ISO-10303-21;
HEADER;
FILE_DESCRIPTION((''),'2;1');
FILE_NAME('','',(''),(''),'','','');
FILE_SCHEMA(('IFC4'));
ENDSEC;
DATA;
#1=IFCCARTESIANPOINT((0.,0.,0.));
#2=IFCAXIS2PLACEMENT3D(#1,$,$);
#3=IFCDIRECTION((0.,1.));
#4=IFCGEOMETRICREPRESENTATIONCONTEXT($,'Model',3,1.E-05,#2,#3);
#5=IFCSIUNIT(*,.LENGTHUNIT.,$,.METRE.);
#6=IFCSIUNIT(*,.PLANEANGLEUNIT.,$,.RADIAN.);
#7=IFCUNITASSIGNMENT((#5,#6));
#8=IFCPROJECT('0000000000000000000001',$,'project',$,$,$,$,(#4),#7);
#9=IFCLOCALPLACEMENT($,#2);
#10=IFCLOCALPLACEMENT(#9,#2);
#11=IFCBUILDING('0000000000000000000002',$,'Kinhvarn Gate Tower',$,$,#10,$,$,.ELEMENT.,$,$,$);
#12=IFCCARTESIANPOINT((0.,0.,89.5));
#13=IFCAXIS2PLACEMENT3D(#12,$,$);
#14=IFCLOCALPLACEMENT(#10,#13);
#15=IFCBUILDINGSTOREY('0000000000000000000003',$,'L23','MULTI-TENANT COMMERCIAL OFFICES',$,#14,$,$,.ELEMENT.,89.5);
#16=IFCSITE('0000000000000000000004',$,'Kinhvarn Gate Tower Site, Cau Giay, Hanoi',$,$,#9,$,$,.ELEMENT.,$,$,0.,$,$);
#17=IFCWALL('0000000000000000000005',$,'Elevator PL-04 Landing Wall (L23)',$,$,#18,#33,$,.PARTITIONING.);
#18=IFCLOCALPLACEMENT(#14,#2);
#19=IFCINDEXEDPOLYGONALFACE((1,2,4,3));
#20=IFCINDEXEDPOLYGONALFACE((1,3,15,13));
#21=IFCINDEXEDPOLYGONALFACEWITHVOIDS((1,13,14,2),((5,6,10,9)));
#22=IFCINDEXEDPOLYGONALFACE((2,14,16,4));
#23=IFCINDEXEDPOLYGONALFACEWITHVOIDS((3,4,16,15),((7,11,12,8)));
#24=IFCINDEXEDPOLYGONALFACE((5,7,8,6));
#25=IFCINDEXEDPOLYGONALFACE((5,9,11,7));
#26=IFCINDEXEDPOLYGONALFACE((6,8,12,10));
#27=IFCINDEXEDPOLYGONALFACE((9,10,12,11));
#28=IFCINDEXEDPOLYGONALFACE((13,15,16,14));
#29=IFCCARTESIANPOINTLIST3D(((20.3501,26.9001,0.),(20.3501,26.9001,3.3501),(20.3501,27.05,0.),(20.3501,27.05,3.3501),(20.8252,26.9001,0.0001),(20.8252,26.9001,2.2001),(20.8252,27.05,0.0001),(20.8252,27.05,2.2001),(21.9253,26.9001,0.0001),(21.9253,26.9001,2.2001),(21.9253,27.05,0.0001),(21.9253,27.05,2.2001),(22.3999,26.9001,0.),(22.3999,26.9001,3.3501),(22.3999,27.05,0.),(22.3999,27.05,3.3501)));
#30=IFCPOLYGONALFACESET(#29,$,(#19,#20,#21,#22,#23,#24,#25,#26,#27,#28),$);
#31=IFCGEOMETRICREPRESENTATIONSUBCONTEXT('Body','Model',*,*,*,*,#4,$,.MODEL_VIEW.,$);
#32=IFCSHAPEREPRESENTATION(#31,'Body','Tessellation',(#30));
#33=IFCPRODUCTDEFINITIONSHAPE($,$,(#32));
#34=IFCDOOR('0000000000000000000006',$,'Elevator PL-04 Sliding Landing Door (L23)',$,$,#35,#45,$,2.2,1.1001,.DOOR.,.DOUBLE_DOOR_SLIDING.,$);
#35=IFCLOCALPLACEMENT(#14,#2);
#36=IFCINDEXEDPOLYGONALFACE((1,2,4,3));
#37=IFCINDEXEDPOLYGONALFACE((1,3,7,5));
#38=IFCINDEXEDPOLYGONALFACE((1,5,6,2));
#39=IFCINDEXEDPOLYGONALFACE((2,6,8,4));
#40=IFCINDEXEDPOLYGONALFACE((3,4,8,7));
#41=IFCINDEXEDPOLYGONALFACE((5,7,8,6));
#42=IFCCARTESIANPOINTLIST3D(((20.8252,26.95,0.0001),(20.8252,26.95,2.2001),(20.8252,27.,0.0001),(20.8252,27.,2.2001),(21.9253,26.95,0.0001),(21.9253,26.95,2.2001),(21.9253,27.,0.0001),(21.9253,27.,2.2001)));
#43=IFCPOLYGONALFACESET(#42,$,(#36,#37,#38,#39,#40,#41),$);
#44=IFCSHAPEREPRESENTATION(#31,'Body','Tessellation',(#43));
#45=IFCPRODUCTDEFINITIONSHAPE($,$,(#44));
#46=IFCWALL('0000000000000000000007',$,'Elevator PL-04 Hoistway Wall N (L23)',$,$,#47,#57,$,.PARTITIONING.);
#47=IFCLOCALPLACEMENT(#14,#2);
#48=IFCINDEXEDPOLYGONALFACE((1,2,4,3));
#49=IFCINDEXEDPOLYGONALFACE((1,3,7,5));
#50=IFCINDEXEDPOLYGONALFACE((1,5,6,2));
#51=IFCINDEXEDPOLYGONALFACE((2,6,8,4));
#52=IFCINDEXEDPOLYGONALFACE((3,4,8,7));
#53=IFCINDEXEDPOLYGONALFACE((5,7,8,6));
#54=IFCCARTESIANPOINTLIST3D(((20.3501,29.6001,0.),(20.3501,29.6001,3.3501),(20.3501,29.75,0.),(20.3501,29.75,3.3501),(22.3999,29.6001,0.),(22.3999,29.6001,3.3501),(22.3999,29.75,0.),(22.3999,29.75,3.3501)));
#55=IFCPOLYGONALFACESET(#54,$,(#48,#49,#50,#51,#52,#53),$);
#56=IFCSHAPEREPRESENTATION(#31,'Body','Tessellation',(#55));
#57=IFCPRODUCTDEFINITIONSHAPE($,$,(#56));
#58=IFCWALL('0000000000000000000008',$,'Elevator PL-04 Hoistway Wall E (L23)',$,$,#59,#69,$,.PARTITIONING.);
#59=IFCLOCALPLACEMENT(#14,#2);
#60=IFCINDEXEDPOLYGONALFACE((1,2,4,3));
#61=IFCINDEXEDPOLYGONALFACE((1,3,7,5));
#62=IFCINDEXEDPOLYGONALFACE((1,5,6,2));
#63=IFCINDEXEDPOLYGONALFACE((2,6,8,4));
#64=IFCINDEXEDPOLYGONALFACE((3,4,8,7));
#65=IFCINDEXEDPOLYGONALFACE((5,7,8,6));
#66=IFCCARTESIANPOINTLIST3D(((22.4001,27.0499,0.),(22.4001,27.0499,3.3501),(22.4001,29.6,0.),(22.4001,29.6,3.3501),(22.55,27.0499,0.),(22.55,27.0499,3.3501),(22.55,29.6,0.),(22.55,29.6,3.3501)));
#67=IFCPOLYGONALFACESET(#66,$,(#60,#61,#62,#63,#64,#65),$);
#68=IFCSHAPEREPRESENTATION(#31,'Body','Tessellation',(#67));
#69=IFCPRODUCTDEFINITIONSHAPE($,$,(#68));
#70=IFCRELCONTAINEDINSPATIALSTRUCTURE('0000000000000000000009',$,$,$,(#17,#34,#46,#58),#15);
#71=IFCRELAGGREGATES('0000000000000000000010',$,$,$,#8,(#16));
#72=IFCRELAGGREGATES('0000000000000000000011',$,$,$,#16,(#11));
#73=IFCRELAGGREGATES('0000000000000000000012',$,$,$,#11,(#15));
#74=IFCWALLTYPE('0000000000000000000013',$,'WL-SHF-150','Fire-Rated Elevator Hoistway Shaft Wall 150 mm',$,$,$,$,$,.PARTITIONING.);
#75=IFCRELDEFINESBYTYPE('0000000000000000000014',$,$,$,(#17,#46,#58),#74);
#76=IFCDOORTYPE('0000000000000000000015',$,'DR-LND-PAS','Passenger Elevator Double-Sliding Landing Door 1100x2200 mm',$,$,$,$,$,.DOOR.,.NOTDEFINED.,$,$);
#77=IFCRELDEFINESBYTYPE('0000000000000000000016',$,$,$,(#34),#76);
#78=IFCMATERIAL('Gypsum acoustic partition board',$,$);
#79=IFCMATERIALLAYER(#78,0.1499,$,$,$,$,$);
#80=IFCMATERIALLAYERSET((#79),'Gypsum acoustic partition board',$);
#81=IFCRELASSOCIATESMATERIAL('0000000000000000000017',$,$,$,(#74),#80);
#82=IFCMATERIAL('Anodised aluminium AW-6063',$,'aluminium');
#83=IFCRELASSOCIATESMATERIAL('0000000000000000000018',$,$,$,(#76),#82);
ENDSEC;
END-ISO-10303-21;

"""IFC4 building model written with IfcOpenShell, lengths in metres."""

from ifc_helpers import new_model, si_unit, direction, frame, frame_2d, origin, place, context, subcontext, project, spatial, rectangle, extrude, material, layer, layer_set, type_object, element, fill, save


model = new_model("IFC4")

# Units and contexts
model_context = context("Model", 3, precision=1e-05, world=origin(), true_north=direction((0.0, 1.0)))
body_context = subcontext(model_context, "Body", "Model", "MODEL_VIEW")
ifc_project = project(units=[si_unit("LENGTHUNIT", "METRE"), si_unit("PLANEANGLEUNIT", "RADIAN")], contexts=[model_context])

# Site, building, storey
site_placement = place(None, origin())
site = spatial("IfcSite", under=ifc_project, at=site_placement, Name="Kinhvarn Gate Tower Site, Cau Giay, Hanoi", CompositionType="ELEMENT", RefElevation=0.0)
building_placement = place(site_placement, origin())
building = spatial("IfcBuilding", under=site, at=building_placement, Name="Kinhvarn Gate Tower", CompositionType="ELEMENT")
storey_placement = place(building_placement, frame((0.0, 0.0, 89.5)))
storey = spatial("IfcBuildingStorey", under=building, at=storey_placement, Name="L23", Description="MULTI-TENANT COMMERCIAL OFFICES", CompositionType="ELEMENT", Elevation=89.5)

# Shared definitions
ifc_material_1 = material(Name="Anodised aluminium AW-6063", Category="aluminium")
ifc_material_2 = material(Name="Gypsum acoustic partition board")

# Shared definitions
ifc_layer_1 = layer(ifc_material_2, 0.1499)
ifc_layer_set_1 = layer_set([ifc_layer_1], Name="Gypsum acoustic partition board")
wall_type_1 = type_object("IfcWallType", Name="WL-SHF-150", Description="Fire-Rated Elevator Hoistway Shaft Wall 150 mm", PredefinedType="PARTITIONING", material=ifc_layer_set_1)
door_type_1 = type_object("IfcDoorType", Name="DR-LND-PAS", Description="Passenger Elevator Double-Sliding Landing Door 1100x2200 mm", OperationType="NOTDEFINED", PredefinedType="DOOR", material=ifc_material_1)

# Wall, opening, door
wall_1_placement = place(storey_placement, frame((20.3501, 26.9751, 0.0), z_axis=(0.0, 0.0, 1.0), x_axis=(1.0, 0.0, 0.0)))
wall_1 = element("IfcWall", 1, at=wall_1_placement, inside=storey, type_object=wall_type_1, Name="Elevator PL-04 Landing Wall (L23)", PredefinedType="PARTITIONING", context=body_context, shape_type="SweptSolid", body=[
    extrude(rectangle(XDim=2.0498, YDim=0.1499, at=frame_2d((1.0249, 0.0))), origin(), (0.0, 0.0, 1.0), 3.3501),
])
opening_1_placement = place(wall_1_placement, frame((0.4751, 0.0, 0.0)))
opening_1 = element("IfcOpeningElement", 2, at=opening_1_placement, cuts=wall_1, PredefinedType="OPENING", context=body_context, shape_type="SweptSolid", body=[
    extrude(rectangle(XDim=1.1001, YDim=2.2, at=frame_2d((0.55, 1.1001))), frame((0.0, 0.085, 0.0), z_axis=(0.0, -1.0, 0.0), x_axis=(1.0, 0.0, 0.0)), (0.0, 0.0, 1.0), 0.1699),
])
door_1_placement = place(opening_1_placement, origin())
door_1 = element("IfcDoor", 3, at=door_1_placement, inside=storey, type_object=door_type_1, Name="Elevator PL-04 Sliding Landing Door (L23)", OperationType="DOUBLE_DOOR_SLIDING", OverallHeight=2.2, OverallWidth=1.1001, PredefinedType="DOOR", context=body_context, shape_type="SweptSolid", body=[
    extrude(rectangle(XDim=1.1001, YDim=2.2, at=frame_2d((0.55, 1.1001))), frame((0.0, 0.0249, 0.0), z_axis=(0.0, -1.0, 0.0), x_axis=(1.0, 0.0, 0.0)), (0.0, 0.0, 1.0), 0.05),
])
fill(opening_1, door_1)

# Walls
wall_2_placement = place(storey_placement, frame((20.3501, 29.675, 0.0), z_axis=(0.0, 0.0, 1.0), x_axis=(1.0, 0.0, 0.0)))
element("IfcWall", 4, at=wall_2_placement, inside=storey, type_object=wall_type_1, Name="Elevator PL-04 Hoistway Wall N (L23)", PredefinedType="PARTITIONING", context=body_context, shape_type="SweptSolid", body=[
    extrude(rectangle(XDim=2.0498, YDim=0.1499, at=frame_2d((1.0249, 0.0))), origin(), (0.0, 0.0, 1.0), 3.3501),
])
wall_3_placement = place(storey_placement, frame((22.4751, 27.05, 0.0), z_axis=(0.0, 0.0, 1.0), x_axis=(0.0, 1.0, 0.0)))
element("IfcWall", 5, at=wall_3_placement, inside=storey, type_object=wall_type_1, Name="Elevator PL-04 Hoistway Wall E (L23)", PredefinedType="PARTITIONING", context=body_context, shape_type="SweptSolid", body=[
    extrude(rectangle(XDim=2.55, YDim=0.1499, at=frame_2d((1.2749, 0.0))), origin(), (0.0, 0.0, 1.0), 3.3501),
])

save(model, "model.ifc")
